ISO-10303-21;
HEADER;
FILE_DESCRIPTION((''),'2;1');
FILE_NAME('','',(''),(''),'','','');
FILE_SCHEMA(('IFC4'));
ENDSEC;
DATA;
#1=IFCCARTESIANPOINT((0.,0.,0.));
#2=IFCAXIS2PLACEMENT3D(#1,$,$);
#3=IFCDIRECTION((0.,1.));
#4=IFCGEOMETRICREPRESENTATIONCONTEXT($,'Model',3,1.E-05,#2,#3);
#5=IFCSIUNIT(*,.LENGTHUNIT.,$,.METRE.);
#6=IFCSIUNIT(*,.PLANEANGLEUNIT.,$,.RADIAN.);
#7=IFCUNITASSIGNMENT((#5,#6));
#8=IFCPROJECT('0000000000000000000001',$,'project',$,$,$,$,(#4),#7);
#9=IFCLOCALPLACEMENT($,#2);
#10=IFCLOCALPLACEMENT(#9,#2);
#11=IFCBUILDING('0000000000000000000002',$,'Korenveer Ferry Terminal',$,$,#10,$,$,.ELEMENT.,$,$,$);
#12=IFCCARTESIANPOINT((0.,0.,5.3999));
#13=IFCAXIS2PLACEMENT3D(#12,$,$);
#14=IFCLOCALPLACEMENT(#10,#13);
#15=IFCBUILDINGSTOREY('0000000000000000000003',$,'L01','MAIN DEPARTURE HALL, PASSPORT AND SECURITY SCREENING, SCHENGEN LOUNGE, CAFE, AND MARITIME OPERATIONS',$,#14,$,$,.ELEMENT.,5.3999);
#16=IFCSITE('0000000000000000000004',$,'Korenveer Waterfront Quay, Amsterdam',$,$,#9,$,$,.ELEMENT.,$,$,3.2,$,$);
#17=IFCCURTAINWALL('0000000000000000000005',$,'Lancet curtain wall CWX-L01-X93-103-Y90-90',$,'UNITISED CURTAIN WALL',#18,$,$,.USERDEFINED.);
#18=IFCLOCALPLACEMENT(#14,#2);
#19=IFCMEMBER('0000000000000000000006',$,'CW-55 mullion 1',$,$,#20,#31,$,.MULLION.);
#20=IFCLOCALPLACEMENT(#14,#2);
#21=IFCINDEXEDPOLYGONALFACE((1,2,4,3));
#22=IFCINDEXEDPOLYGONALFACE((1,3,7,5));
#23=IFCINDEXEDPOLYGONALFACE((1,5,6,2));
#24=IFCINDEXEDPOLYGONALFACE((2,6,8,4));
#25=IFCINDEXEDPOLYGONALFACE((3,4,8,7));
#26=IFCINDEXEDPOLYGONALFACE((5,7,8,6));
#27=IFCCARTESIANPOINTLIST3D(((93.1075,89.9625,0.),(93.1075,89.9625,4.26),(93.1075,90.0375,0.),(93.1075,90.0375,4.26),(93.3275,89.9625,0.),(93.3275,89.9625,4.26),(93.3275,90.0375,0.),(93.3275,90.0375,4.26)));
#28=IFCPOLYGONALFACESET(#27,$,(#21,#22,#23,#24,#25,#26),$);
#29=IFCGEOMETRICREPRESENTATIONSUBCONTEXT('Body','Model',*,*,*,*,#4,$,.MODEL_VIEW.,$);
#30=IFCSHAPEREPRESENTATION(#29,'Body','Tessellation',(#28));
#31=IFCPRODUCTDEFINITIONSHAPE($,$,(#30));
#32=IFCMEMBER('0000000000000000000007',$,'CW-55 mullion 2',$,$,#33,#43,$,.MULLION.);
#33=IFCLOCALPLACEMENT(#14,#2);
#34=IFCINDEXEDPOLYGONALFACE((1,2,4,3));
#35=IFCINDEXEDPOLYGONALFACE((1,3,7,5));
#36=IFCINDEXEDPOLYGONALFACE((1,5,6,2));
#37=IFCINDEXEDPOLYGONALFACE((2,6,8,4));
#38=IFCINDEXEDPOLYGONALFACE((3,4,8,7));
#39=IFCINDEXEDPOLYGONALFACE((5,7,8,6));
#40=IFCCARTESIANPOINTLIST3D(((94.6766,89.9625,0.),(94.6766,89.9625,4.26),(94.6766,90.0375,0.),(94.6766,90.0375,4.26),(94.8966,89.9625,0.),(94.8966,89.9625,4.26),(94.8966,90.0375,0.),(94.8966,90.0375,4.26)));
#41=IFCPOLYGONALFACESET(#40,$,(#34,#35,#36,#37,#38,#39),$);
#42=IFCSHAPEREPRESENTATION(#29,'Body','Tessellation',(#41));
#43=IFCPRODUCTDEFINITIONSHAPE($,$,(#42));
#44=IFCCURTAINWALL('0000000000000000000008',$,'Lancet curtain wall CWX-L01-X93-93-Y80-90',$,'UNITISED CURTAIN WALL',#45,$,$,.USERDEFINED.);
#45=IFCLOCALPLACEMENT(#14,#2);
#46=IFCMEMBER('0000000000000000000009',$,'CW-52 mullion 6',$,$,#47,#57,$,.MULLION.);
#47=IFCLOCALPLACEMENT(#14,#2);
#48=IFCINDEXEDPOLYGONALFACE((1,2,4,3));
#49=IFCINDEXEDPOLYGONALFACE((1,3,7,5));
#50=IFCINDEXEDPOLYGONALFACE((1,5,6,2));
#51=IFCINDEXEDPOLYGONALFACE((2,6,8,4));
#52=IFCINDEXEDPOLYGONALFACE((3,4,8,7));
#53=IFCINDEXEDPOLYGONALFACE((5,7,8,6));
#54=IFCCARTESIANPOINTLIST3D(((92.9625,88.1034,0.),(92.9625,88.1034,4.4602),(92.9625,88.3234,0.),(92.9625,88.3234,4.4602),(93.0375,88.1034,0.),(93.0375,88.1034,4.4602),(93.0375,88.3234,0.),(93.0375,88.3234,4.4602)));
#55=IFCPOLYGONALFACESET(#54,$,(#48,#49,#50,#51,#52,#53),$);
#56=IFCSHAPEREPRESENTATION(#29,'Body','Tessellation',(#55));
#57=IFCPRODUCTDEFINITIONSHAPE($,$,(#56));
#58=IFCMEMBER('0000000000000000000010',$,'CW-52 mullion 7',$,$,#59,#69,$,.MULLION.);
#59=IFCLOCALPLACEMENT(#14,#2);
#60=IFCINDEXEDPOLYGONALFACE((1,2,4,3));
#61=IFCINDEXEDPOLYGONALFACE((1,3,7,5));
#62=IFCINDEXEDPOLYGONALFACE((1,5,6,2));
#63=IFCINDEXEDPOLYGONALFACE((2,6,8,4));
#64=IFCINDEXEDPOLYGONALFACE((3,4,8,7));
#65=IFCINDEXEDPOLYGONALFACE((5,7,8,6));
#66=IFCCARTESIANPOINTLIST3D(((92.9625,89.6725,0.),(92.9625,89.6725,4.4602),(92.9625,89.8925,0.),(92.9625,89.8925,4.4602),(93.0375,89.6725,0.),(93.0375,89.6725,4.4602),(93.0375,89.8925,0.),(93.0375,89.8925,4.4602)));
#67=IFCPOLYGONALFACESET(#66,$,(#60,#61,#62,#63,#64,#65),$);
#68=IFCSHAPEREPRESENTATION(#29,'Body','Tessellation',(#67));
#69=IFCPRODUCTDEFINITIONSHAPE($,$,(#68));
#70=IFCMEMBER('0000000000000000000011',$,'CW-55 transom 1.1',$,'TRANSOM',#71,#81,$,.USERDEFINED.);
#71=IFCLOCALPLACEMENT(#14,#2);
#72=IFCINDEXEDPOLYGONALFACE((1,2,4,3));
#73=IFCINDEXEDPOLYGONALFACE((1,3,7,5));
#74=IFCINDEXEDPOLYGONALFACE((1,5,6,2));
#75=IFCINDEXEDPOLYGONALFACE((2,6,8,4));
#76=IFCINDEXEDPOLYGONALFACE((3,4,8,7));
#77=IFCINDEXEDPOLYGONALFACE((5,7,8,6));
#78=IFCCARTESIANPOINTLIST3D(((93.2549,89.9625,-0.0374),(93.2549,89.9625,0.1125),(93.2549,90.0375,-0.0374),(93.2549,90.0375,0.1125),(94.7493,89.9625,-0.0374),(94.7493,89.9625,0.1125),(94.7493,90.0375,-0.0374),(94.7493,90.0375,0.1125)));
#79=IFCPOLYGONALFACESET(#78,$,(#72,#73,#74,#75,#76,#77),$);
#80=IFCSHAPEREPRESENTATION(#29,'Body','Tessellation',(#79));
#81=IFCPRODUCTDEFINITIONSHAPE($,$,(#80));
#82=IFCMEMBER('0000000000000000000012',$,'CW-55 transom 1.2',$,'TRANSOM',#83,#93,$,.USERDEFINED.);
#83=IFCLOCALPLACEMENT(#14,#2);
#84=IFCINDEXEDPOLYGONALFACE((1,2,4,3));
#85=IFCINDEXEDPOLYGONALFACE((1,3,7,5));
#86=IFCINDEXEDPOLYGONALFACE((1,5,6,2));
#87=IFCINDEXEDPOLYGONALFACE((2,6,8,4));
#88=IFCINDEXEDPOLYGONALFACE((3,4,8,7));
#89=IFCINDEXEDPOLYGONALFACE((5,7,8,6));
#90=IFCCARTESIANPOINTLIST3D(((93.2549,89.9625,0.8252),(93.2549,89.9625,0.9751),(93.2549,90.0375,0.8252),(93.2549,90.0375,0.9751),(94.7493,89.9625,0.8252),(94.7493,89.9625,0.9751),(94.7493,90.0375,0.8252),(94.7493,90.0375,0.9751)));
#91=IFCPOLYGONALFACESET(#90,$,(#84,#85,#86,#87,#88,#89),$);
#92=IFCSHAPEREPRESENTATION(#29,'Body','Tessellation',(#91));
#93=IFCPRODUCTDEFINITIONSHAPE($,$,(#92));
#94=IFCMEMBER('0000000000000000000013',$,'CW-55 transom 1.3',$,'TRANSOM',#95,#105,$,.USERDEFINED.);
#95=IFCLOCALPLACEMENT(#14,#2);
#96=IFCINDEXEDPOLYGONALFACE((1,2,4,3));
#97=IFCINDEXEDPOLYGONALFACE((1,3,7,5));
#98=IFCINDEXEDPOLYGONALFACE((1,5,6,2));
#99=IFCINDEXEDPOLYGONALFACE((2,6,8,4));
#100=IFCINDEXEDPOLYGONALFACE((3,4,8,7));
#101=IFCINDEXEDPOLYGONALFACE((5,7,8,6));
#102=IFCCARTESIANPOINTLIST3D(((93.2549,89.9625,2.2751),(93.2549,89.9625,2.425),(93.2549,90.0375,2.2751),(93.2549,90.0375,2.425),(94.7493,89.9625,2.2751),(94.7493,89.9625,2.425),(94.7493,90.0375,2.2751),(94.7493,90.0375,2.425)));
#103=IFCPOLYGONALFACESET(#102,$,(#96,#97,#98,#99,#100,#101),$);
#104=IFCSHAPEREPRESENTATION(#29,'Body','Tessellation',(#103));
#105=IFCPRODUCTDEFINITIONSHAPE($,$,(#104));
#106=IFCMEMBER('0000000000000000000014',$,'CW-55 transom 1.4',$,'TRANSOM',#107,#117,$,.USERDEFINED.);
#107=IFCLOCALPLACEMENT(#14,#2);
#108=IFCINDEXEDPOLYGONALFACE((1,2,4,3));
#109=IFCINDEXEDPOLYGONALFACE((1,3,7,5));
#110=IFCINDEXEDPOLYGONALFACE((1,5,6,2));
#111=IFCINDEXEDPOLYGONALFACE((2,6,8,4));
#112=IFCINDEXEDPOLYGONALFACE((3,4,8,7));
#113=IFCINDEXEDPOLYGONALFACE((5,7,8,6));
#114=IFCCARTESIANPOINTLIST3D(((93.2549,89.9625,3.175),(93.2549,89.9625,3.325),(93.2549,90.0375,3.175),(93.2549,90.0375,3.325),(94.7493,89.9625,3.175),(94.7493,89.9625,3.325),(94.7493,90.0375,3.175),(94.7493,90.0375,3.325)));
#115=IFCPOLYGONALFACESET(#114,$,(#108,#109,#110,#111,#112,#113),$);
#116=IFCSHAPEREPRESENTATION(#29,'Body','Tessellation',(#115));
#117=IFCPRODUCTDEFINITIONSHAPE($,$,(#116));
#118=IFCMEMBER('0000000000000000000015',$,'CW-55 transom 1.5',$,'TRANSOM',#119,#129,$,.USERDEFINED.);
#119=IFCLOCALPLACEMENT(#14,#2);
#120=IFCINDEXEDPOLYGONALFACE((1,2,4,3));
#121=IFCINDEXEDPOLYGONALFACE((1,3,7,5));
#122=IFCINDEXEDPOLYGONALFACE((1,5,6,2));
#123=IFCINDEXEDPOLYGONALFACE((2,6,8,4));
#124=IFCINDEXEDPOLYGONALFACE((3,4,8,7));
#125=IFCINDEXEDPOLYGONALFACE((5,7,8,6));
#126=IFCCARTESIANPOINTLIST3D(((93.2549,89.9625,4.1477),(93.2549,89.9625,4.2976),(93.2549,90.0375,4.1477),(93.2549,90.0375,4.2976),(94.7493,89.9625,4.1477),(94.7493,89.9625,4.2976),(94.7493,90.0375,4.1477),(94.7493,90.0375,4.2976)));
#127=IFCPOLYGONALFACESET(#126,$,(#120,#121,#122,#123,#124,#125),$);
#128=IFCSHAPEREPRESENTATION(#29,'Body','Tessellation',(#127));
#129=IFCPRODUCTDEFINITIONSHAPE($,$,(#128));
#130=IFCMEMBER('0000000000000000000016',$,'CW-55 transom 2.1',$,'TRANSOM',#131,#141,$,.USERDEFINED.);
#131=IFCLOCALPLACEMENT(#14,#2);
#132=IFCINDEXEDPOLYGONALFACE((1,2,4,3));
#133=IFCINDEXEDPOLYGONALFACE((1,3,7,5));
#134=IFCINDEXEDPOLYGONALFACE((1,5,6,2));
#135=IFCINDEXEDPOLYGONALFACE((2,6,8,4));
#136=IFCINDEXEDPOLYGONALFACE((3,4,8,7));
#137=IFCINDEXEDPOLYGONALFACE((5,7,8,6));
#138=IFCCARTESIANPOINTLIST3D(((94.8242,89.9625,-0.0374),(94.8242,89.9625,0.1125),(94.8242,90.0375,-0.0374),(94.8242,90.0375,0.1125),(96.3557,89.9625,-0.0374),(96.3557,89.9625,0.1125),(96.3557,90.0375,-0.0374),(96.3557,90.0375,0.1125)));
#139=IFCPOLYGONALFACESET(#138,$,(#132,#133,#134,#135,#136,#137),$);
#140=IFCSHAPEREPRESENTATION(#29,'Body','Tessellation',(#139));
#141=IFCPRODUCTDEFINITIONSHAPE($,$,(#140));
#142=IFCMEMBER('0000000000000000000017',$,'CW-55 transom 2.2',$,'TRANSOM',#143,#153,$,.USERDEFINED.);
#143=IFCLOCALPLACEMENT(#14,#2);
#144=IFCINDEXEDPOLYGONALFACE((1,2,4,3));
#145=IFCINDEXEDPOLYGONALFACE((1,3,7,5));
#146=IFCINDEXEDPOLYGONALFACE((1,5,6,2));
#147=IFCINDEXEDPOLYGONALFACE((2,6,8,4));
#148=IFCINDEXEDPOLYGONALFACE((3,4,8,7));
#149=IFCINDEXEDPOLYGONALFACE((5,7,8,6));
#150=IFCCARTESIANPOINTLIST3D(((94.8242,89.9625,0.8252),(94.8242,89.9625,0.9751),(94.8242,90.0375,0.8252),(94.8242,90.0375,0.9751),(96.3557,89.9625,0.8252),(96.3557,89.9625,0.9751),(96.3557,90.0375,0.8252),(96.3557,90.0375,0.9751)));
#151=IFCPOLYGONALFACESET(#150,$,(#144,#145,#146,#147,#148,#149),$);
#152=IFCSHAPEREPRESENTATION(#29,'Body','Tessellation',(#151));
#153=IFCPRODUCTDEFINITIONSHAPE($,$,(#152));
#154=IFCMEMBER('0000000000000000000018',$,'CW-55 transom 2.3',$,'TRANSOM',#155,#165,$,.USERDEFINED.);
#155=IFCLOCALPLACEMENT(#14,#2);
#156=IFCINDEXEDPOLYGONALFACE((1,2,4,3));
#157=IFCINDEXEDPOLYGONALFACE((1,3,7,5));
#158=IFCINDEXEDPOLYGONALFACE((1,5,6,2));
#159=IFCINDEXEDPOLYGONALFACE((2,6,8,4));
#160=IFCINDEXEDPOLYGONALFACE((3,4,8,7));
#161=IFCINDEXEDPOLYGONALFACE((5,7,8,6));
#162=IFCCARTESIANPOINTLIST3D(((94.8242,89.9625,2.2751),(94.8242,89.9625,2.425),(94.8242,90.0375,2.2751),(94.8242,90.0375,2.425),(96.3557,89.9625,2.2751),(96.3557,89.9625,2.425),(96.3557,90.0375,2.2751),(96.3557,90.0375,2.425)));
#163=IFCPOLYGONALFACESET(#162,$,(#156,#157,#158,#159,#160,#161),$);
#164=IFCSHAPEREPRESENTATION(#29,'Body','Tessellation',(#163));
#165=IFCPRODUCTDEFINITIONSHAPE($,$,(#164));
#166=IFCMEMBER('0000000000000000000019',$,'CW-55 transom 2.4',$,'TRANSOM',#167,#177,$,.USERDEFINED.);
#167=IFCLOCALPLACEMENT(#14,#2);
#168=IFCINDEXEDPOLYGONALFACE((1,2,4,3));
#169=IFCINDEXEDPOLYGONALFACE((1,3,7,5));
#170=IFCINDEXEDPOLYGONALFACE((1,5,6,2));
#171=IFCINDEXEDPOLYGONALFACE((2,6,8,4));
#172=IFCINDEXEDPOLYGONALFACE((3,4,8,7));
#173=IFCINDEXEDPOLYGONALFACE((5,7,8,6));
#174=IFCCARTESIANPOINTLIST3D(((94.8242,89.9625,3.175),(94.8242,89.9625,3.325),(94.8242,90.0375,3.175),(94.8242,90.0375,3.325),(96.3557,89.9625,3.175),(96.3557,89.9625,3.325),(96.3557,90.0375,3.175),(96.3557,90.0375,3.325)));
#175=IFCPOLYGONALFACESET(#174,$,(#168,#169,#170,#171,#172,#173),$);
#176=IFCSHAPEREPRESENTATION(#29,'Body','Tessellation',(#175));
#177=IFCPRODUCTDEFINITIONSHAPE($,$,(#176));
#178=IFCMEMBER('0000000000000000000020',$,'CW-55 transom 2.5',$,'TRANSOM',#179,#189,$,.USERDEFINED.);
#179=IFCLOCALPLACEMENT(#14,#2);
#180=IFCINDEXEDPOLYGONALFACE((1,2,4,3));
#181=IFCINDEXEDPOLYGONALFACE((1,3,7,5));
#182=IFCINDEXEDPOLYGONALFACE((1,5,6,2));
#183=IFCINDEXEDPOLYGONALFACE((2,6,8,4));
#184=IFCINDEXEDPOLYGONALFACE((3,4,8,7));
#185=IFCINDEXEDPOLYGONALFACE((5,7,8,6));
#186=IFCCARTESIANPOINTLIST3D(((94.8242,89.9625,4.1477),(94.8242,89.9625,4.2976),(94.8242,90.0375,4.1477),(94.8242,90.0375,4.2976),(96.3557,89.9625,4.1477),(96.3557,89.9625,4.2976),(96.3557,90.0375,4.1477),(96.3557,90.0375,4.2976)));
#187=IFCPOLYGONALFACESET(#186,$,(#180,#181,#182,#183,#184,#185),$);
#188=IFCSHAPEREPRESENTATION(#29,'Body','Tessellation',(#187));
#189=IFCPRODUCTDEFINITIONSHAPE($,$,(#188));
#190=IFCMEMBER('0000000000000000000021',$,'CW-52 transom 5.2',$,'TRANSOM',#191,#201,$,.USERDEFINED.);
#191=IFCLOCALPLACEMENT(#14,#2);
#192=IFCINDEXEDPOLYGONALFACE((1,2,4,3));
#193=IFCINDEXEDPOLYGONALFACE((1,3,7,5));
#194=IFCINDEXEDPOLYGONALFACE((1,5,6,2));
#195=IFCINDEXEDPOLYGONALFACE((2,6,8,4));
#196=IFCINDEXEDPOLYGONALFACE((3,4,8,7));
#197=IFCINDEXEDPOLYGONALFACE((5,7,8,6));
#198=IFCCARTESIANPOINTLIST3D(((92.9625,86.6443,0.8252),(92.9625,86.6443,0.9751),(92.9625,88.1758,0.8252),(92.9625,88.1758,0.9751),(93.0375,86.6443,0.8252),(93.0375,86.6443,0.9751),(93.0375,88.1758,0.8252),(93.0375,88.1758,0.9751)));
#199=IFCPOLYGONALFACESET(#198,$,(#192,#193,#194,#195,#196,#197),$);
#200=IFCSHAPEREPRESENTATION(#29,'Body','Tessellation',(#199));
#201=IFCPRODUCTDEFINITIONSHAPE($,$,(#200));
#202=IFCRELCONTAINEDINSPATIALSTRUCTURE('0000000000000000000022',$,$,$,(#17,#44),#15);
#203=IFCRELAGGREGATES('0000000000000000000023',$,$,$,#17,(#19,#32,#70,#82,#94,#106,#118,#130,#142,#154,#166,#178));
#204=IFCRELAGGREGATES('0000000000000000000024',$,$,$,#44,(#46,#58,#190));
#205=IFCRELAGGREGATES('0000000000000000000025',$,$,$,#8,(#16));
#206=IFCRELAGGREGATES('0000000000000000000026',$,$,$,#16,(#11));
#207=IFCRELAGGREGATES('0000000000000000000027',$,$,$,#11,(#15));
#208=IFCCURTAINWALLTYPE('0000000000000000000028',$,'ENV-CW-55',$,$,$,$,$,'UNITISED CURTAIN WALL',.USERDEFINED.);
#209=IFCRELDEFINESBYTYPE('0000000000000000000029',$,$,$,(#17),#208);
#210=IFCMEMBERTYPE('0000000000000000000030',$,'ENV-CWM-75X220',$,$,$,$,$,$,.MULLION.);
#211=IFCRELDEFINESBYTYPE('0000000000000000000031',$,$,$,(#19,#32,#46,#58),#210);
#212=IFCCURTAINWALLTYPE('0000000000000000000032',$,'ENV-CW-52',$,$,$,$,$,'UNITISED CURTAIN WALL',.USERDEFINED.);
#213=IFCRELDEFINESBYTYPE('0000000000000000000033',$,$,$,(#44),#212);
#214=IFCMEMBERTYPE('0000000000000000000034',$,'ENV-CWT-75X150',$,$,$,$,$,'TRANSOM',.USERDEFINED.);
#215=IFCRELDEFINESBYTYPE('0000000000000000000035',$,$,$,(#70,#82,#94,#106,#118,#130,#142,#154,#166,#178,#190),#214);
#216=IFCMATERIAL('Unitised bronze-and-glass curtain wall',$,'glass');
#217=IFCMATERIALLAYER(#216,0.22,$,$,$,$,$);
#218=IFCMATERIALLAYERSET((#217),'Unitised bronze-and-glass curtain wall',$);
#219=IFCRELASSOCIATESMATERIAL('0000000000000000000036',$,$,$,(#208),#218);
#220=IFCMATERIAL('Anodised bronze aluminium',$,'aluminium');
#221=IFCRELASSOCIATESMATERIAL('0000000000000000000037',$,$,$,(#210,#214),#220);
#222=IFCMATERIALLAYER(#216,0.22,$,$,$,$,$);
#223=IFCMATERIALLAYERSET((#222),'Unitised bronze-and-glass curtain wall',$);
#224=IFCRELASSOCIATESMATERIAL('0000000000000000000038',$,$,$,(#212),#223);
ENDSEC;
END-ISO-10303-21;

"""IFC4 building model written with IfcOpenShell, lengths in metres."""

from ifc_helpers import new_model, si_unit, direction, frame, origin, origin_2d, place, context, subcontext, project, spatial, rectangle, extrude, material, layer, layer_set, material_profile, profile_set, type_object, element, aggregate, save


model = new_model("IFC4")

# Units and contexts
model_context = context("Model", 3, precision=1e-05, world=origin(), true_north=direction((0.0, 1.0)))
body_context = subcontext(model_context, "Body", "Model", "MODEL_VIEW")
ifc_project = project(units=[si_unit("LENGTHUNIT", "METRE"), si_unit("PLANEANGLEUNIT", "RADIAN")], contexts=[model_context])

# Site, building, storey
site_placement = place(None, origin())
site = spatial("IfcSite", under=ifc_project, at=site_placement, Name="Korenveer Waterfront Quay, Amsterdam", CompositionType="ELEMENT", RefElevation=3.2)
building_placement = place(site_placement, origin())
building = spatial("IfcBuilding", under=site, at=building_placement, Name="Korenveer Ferry Terminal", CompositionType="ELEMENT")
storey_placement = place(building_placement, frame((0.0, 0.0, 5.3999)))
storey = spatial("IfcBuildingStorey", under=building, at=storey_placement, Name="L01", Description="MAIN DEPARTURE HALL, PASSPORT AND SECURITY SCREENING, SCHENGEN LOUNGE, CAFE, AND MARITIME OPERATIONS", CompositionType="ELEMENT", Elevation=5.3999)

# Curtain walls, members
ifc_material_1 = material(Name="Unitised bronze-and-glass curtain wall", Category="glass")
ifc_layer_1 = layer(ifc_material_1, 0.22)
ifc_layer_set_1 = layer_set([ifc_layer_1], Name="Unitised bronze-and-glass curtain wall")
curtain_wall_type_1 = type_object("IfcCurtainWallType", Name="ENV-CW-55", ElementType="UNITISED CURTAIN WALL", PredefinedType="USERDEFINED", material=ifc_layer_set_1)
curtain_wall_1_placement = place(storey_placement, frame((93.1799, 90.0, 0.0)))
curtain_wall_1 = element("IfcCurtainWall", 1, at=curtain_wall_1_placement, inside=storey, type_object=curtain_wall_type_1, Name="Lancet curtain wall CWX-L01-X93-103-Y90-90", ObjectType="UNITISED CURTAIN WALL", PredefinedType="USERDEFINED")
ifc_material_2 = material(Name="Anodised bronze aluminium", Category="aluminium")
ifc_material_profile_1 = material_profile(ifc_material_2, rectangle(XDim=0.075, YDim=0.22, at=origin_2d()), Name="ALU 75x220")
ifc_profile_set_1 = profile_set([ifc_material_profile_1], Name="Anodised bronze aluminium")
member_type_1 = type_object("IfcMemberType", Name="ENV-CWM-75X220", PredefinedType="MULLION", material=ifc_profile_set_1)
member_1_placement = place(storey_placement, frame((93.2175, 90.0, 0.0), z_axis=(0.0, 0.0, 1.0), x_axis=(0.0, 1.0, 0.0)))
member_1 = element("IfcMember", 2, at=member_1_placement, type_object=member_type_1, Name="CW-55 mullion 1", PredefinedType="MULLION", context=body_context, shape_type="SweptSolid", body=[
    extrude(rectangle(XDim=0.075, YDim=0.22, at=origin_2d()), origin(), (0.0, 0.0, 1.0), 4.26),
])
member_2_placement = place(storey_placement, frame((94.7866, 90.0, 0.0), z_axis=(0.0, 0.0, 1.0), x_axis=(0.0, 1.0, 0.0)))
member_2 = element("IfcMember", 3, at=member_2_placement, type_object=member_type_1, Name="CW-55 mullion 2", PredefinedType="MULLION", context=body_context, shape_type="SweptSolid", body=[
    extrude(rectangle(XDim=0.075, YDim=0.22, at=origin_2d()), origin(), (0.0, 0.0, 1.0), 4.26),
])
ifc_layer_2 = layer(ifc_material_1, 0.22)
ifc_layer_set_2 = layer_set([ifc_layer_2], Name="Unitised bronze-and-glass curtain wall")
curtain_wall_type_2 = type_object("IfcCurtainWallType", Name="ENV-CW-52", ElementType="UNITISED CURTAIN WALL", PredefinedType="USERDEFINED", material=ifc_layer_set_2)
curtain_wall_2_placement = place(storey_placement, frame((93.0, 80.1799, 0.0)))
curtain_wall_2 = element("IfcCurtainWall", 4, at=curtain_wall_2_placement, inside=storey, type_object=curtain_wall_type_2, Name="Lancet curtain wall CWX-L01-X93-93-Y80-90", ObjectType="UNITISED CURTAIN WALL", PredefinedType="USERDEFINED")
member_3_placement = place(storey_placement, frame((93.0, 88.2134, 0.0), z_axis=(0.0, 0.0, 1.0), x_axis=(-1.0, 0.0, 0.0)))
member_3 = element("IfcMember", 5, at=member_3_placement, type_object=member_type_1, Name="CW-52 mullion 6", PredefinedType="MULLION", context=body_context, shape_type="SweptSolid", body=[
    extrude(rectangle(XDim=0.075, YDim=0.22, at=origin_2d()), origin(), (0.0, 0.0, 1.0), 4.4602),
])
member_4_placement = place(storey_placement, frame((93.0, 89.7825, 0.0), z_axis=(0.0, 0.0, 1.0), x_axis=(-1.0, 0.0, 0.0)))
member_4 = element("IfcMember", 6, at=member_4_placement, type_object=member_type_1, Name="CW-52 mullion 7", PredefinedType="MULLION", context=body_context, shape_type="SweptSolid", body=[
    extrude(rectangle(XDim=0.075, YDim=0.22, at=origin_2d()), origin(), (0.0, 0.0, 1.0), 4.4602),
])

# Members
ifc_material_profile_2 = material_profile(ifc_material_2, rectangle(XDim=0.075, YDim=0.1499, at=origin_2d()), Name="ALU 75x150")
ifc_profile_set_2 = profile_set([ifc_material_profile_2], Name="Anodised bronze aluminium")
member_type_2 = type_object("IfcMemberType", Name="ENV-CWT-75X150", ElementType="TRANSOM", PredefinedType="USERDEFINED", material=ifc_profile_set_2)
member_5_placement = place(storey_placement, frame((93.2549, 90.0, 0.0376), z_axis=(1.0, 0.0, 0.0), x_axis=(0.0, 1.0, 0.0)))
member_5 = element("IfcMember", 7, at=member_5_placement, type_object=member_type_2, Name="CW-55 transom 1.1", ObjectType="TRANSOM", PredefinedType="USERDEFINED", context=body_context, shape_type="SweptSolid", body=[
    extrude(rectangle(XDim=0.075, YDim=0.1499, at=origin_2d()), origin(), (0.0, 0.0, 1.0), 1.4944),
])
member_6_placement = place(storey_placement, frame((93.2549, 90.0, 0.9001), z_axis=(1.0, 0.0, 0.0), x_axis=(0.0, 1.0, 0.0)))
member_6 = element("IfcMember", 8, at=member_6_placement, type_object=member_type_2, Name="CW-55 transom 1.2", ObjectType="TRANSOM", PredefinedType="USERDEFINED", context=body_context, shape_type="SweptSolid", body=[
    extrude(rectangle(XDim=0.075, YDim=0.1499, at=origin_2d()), origin(), (0.0, 0.0, 1.0), 1.4944),
])
member_7_placement = place(storey_placement, frame((93.2549, 90.0, 2.3501), z_axis=(1.0, 0.0, 0.0), x_axis=(0.0, 1.0, 0.0)))
member_7 = element("IfcMember", 9, at=member_7_placement, type_object=member_type_2, Name="CW-55 transom 1.3", ObjectType="TRANSOM", PredefinedType="USERDEFINED", context=body_context, shape_type="SweptSolid", body=[
    extrude(rectangle(XDim=0.075, YDim=0.1499, at=origin_2d()), origin(), (0.0, 0.0, 1.0), 1.4944),
])
member_8_placement = place(storey_placement, frame((93.2549, 90.0, 3.25), z_axis=(1.0, 0.0, 0.0), x_axis=(0.0, 1.0, 0.0)))
member_8 = element("IfcMember", 10, at=member_8_placement, type_object=member_type_2, Name="CW-55 transom 1.4", ObjectType="TRANSOM", PredefinedType="USERDEFINED", context=body_context, shape_type="SweptSolid", body=[
    extrude(rectangle(XDim=0.075, YDim=0.1499, at=origin_2d()), origin(), (0.0, 0.0, 1.0), 1.4944),
])
member_9_placement = place(storey_placement, frame((93.2549, 90.0, 4.2227), z_axis=(1.0, 0.0, 0.0), x_axis=(0.0, 1.0, 0.0)))
member_9 = element("IfcMember", 11, at=member_9_placement, type_object=member_type_2, Name="CW-55 transom 1.5", ObjectType="TRANSOM", PredefinedType="USERDEFINED", context=body_context, shape_type="SweptSolid", body=[
    extrude(rectangle(XDim=0.075, YDim=0.1499, at=origin_2d()), origin(), (0.0, 0.0, 1.0), 1.4944),
])
member_10_placement = place(storey_placement, frame((94.8242, 90.0, 0.0376), z_axis=(1.0, 0.0, 0.0), x_axis=(0.0, 1.0, 0.0)))
member_10 = element("IfcMember", 12, at=member_10_placement, type_object=member_type_2, Name="CW-55 transom 2.1", ObjectType="TRANSOM", PredefinedType="USERDEFINED", context=body_context, shape_type="SweptSolid", body=[
    extrude(rectangle(XDim=0.075, YDim=0.1499, at=origin_2d()), origin(), (0.0, 0.0, 1.0), 1.5315),
])
member_11_placement = place(storey_placement, frame((94.8242, 90.0, 0.9001), z_axis=(1.0, 0.0, 0.0), x_axis=(0.0, 1.0, 0.0)))
member_11 = element("IfcMember", 13, at=member_11_placement, type_object=member_type_2, Name="CW-55 transom 2.2", ObjectType="TRANSOM", PredefinedType="USERDEFINED", context=body_context, shape_type="SweptSolid", body=[
    extrude(rectangle(XDim=0.075, YDim=0.1499, at=origin_2d()), origin(), (0.0, 0.0, 1.0), 1.5315),
])
member_12_placement = place(storey_placement, frame((94.8242, 90.0, 2.3501), z_axis=(1.0, 0.0, 0.0), x_axis=(0.0, 1.0, 0.0)))
member_12 = element("IfcMember", 14, at=member_12_placement, type_object=member_type_2, Name="CW-55 transom 2.3", ObjectType="TRANSOM", PredefinedType="USERDEFINED", context=body_context, shape_type="SweptSolid", body=[
    extrude(rectangle(XDim=0.075, YDim=0.1499, at=origin_2d()), origin(), (0.0, 0.0, 1.0), 1.5315),
])
member_13_placement = place(storey_placement, frame((94.8242, 90.0, 3.25), z_axis=(1.0, 0.0, 0.0), x_axis=(0.0, 1.0, 0.0)))
member_13 = element("IfcMember", 15, at=member_13_placement, type_object=member_type_2, Name="CW-55 transom 2.4", ObjectType="TRANSOM", PredefinedType="USERDEFINED", context=body_context, shape_type="SweptSolid", body=[
    extrude(rectangle(XDim=0.075, YDim=0.1499, at=origin_2d()), origin(), (0.0, 0.0, 1.0), 1.5315),
])
member_14_placement = place(storey_placement, frame((94.8242, 90.0, 4.2227), z_axis=(1.0, 0.0, 0.0), x_axis=(0.0, 1.0, 0.0)))
member_14 = element("IfcMember", 16, at=member_14_placement, type_object=member_type_2, Name="CW-55 transom 2.5", ObjectType="TRANSOM", PredefinedType="USERDEFINED", context=body_context, shape_type="SweptSolid", body=[
    extrude(rectangle(XDim=0.075, YDim=0.1499, at=origin_2d()), origin(), (0.0, 0.0, 1.0), 1.5315),
])
member_15_placement = place(storey_placement, frame((93.0, 86.6443, 0.9001), z_axis=(0.0, 1.0, 0.0), x_axis=(-1.0, 0.0, 0.0)))
member_15 = element("IfcMember", 17, at=member_15_placement, type_object=member_type_2, Name="CW-52 transom 5.2", ObjectType="TRANSOM", PredefinedType="USERDEFINED", context=body_context, shape_type="SweptSolid", body=[
    extrude(rectangle(XDim=0.075, YDim=0.1499, at=origin_2d()), origin(), (0.0, 0.0, 1.0), 1.5315),
])

aggregate(curtain_wall_1, [member_1, member_2, member_5, member_6, member_7, member_8, member_9, member_10, member_11, member_12, member_13, member_14])
aggregate(curtain_wall_2, [member_3, member_4, member_15])

save(model, "model.ifc")
